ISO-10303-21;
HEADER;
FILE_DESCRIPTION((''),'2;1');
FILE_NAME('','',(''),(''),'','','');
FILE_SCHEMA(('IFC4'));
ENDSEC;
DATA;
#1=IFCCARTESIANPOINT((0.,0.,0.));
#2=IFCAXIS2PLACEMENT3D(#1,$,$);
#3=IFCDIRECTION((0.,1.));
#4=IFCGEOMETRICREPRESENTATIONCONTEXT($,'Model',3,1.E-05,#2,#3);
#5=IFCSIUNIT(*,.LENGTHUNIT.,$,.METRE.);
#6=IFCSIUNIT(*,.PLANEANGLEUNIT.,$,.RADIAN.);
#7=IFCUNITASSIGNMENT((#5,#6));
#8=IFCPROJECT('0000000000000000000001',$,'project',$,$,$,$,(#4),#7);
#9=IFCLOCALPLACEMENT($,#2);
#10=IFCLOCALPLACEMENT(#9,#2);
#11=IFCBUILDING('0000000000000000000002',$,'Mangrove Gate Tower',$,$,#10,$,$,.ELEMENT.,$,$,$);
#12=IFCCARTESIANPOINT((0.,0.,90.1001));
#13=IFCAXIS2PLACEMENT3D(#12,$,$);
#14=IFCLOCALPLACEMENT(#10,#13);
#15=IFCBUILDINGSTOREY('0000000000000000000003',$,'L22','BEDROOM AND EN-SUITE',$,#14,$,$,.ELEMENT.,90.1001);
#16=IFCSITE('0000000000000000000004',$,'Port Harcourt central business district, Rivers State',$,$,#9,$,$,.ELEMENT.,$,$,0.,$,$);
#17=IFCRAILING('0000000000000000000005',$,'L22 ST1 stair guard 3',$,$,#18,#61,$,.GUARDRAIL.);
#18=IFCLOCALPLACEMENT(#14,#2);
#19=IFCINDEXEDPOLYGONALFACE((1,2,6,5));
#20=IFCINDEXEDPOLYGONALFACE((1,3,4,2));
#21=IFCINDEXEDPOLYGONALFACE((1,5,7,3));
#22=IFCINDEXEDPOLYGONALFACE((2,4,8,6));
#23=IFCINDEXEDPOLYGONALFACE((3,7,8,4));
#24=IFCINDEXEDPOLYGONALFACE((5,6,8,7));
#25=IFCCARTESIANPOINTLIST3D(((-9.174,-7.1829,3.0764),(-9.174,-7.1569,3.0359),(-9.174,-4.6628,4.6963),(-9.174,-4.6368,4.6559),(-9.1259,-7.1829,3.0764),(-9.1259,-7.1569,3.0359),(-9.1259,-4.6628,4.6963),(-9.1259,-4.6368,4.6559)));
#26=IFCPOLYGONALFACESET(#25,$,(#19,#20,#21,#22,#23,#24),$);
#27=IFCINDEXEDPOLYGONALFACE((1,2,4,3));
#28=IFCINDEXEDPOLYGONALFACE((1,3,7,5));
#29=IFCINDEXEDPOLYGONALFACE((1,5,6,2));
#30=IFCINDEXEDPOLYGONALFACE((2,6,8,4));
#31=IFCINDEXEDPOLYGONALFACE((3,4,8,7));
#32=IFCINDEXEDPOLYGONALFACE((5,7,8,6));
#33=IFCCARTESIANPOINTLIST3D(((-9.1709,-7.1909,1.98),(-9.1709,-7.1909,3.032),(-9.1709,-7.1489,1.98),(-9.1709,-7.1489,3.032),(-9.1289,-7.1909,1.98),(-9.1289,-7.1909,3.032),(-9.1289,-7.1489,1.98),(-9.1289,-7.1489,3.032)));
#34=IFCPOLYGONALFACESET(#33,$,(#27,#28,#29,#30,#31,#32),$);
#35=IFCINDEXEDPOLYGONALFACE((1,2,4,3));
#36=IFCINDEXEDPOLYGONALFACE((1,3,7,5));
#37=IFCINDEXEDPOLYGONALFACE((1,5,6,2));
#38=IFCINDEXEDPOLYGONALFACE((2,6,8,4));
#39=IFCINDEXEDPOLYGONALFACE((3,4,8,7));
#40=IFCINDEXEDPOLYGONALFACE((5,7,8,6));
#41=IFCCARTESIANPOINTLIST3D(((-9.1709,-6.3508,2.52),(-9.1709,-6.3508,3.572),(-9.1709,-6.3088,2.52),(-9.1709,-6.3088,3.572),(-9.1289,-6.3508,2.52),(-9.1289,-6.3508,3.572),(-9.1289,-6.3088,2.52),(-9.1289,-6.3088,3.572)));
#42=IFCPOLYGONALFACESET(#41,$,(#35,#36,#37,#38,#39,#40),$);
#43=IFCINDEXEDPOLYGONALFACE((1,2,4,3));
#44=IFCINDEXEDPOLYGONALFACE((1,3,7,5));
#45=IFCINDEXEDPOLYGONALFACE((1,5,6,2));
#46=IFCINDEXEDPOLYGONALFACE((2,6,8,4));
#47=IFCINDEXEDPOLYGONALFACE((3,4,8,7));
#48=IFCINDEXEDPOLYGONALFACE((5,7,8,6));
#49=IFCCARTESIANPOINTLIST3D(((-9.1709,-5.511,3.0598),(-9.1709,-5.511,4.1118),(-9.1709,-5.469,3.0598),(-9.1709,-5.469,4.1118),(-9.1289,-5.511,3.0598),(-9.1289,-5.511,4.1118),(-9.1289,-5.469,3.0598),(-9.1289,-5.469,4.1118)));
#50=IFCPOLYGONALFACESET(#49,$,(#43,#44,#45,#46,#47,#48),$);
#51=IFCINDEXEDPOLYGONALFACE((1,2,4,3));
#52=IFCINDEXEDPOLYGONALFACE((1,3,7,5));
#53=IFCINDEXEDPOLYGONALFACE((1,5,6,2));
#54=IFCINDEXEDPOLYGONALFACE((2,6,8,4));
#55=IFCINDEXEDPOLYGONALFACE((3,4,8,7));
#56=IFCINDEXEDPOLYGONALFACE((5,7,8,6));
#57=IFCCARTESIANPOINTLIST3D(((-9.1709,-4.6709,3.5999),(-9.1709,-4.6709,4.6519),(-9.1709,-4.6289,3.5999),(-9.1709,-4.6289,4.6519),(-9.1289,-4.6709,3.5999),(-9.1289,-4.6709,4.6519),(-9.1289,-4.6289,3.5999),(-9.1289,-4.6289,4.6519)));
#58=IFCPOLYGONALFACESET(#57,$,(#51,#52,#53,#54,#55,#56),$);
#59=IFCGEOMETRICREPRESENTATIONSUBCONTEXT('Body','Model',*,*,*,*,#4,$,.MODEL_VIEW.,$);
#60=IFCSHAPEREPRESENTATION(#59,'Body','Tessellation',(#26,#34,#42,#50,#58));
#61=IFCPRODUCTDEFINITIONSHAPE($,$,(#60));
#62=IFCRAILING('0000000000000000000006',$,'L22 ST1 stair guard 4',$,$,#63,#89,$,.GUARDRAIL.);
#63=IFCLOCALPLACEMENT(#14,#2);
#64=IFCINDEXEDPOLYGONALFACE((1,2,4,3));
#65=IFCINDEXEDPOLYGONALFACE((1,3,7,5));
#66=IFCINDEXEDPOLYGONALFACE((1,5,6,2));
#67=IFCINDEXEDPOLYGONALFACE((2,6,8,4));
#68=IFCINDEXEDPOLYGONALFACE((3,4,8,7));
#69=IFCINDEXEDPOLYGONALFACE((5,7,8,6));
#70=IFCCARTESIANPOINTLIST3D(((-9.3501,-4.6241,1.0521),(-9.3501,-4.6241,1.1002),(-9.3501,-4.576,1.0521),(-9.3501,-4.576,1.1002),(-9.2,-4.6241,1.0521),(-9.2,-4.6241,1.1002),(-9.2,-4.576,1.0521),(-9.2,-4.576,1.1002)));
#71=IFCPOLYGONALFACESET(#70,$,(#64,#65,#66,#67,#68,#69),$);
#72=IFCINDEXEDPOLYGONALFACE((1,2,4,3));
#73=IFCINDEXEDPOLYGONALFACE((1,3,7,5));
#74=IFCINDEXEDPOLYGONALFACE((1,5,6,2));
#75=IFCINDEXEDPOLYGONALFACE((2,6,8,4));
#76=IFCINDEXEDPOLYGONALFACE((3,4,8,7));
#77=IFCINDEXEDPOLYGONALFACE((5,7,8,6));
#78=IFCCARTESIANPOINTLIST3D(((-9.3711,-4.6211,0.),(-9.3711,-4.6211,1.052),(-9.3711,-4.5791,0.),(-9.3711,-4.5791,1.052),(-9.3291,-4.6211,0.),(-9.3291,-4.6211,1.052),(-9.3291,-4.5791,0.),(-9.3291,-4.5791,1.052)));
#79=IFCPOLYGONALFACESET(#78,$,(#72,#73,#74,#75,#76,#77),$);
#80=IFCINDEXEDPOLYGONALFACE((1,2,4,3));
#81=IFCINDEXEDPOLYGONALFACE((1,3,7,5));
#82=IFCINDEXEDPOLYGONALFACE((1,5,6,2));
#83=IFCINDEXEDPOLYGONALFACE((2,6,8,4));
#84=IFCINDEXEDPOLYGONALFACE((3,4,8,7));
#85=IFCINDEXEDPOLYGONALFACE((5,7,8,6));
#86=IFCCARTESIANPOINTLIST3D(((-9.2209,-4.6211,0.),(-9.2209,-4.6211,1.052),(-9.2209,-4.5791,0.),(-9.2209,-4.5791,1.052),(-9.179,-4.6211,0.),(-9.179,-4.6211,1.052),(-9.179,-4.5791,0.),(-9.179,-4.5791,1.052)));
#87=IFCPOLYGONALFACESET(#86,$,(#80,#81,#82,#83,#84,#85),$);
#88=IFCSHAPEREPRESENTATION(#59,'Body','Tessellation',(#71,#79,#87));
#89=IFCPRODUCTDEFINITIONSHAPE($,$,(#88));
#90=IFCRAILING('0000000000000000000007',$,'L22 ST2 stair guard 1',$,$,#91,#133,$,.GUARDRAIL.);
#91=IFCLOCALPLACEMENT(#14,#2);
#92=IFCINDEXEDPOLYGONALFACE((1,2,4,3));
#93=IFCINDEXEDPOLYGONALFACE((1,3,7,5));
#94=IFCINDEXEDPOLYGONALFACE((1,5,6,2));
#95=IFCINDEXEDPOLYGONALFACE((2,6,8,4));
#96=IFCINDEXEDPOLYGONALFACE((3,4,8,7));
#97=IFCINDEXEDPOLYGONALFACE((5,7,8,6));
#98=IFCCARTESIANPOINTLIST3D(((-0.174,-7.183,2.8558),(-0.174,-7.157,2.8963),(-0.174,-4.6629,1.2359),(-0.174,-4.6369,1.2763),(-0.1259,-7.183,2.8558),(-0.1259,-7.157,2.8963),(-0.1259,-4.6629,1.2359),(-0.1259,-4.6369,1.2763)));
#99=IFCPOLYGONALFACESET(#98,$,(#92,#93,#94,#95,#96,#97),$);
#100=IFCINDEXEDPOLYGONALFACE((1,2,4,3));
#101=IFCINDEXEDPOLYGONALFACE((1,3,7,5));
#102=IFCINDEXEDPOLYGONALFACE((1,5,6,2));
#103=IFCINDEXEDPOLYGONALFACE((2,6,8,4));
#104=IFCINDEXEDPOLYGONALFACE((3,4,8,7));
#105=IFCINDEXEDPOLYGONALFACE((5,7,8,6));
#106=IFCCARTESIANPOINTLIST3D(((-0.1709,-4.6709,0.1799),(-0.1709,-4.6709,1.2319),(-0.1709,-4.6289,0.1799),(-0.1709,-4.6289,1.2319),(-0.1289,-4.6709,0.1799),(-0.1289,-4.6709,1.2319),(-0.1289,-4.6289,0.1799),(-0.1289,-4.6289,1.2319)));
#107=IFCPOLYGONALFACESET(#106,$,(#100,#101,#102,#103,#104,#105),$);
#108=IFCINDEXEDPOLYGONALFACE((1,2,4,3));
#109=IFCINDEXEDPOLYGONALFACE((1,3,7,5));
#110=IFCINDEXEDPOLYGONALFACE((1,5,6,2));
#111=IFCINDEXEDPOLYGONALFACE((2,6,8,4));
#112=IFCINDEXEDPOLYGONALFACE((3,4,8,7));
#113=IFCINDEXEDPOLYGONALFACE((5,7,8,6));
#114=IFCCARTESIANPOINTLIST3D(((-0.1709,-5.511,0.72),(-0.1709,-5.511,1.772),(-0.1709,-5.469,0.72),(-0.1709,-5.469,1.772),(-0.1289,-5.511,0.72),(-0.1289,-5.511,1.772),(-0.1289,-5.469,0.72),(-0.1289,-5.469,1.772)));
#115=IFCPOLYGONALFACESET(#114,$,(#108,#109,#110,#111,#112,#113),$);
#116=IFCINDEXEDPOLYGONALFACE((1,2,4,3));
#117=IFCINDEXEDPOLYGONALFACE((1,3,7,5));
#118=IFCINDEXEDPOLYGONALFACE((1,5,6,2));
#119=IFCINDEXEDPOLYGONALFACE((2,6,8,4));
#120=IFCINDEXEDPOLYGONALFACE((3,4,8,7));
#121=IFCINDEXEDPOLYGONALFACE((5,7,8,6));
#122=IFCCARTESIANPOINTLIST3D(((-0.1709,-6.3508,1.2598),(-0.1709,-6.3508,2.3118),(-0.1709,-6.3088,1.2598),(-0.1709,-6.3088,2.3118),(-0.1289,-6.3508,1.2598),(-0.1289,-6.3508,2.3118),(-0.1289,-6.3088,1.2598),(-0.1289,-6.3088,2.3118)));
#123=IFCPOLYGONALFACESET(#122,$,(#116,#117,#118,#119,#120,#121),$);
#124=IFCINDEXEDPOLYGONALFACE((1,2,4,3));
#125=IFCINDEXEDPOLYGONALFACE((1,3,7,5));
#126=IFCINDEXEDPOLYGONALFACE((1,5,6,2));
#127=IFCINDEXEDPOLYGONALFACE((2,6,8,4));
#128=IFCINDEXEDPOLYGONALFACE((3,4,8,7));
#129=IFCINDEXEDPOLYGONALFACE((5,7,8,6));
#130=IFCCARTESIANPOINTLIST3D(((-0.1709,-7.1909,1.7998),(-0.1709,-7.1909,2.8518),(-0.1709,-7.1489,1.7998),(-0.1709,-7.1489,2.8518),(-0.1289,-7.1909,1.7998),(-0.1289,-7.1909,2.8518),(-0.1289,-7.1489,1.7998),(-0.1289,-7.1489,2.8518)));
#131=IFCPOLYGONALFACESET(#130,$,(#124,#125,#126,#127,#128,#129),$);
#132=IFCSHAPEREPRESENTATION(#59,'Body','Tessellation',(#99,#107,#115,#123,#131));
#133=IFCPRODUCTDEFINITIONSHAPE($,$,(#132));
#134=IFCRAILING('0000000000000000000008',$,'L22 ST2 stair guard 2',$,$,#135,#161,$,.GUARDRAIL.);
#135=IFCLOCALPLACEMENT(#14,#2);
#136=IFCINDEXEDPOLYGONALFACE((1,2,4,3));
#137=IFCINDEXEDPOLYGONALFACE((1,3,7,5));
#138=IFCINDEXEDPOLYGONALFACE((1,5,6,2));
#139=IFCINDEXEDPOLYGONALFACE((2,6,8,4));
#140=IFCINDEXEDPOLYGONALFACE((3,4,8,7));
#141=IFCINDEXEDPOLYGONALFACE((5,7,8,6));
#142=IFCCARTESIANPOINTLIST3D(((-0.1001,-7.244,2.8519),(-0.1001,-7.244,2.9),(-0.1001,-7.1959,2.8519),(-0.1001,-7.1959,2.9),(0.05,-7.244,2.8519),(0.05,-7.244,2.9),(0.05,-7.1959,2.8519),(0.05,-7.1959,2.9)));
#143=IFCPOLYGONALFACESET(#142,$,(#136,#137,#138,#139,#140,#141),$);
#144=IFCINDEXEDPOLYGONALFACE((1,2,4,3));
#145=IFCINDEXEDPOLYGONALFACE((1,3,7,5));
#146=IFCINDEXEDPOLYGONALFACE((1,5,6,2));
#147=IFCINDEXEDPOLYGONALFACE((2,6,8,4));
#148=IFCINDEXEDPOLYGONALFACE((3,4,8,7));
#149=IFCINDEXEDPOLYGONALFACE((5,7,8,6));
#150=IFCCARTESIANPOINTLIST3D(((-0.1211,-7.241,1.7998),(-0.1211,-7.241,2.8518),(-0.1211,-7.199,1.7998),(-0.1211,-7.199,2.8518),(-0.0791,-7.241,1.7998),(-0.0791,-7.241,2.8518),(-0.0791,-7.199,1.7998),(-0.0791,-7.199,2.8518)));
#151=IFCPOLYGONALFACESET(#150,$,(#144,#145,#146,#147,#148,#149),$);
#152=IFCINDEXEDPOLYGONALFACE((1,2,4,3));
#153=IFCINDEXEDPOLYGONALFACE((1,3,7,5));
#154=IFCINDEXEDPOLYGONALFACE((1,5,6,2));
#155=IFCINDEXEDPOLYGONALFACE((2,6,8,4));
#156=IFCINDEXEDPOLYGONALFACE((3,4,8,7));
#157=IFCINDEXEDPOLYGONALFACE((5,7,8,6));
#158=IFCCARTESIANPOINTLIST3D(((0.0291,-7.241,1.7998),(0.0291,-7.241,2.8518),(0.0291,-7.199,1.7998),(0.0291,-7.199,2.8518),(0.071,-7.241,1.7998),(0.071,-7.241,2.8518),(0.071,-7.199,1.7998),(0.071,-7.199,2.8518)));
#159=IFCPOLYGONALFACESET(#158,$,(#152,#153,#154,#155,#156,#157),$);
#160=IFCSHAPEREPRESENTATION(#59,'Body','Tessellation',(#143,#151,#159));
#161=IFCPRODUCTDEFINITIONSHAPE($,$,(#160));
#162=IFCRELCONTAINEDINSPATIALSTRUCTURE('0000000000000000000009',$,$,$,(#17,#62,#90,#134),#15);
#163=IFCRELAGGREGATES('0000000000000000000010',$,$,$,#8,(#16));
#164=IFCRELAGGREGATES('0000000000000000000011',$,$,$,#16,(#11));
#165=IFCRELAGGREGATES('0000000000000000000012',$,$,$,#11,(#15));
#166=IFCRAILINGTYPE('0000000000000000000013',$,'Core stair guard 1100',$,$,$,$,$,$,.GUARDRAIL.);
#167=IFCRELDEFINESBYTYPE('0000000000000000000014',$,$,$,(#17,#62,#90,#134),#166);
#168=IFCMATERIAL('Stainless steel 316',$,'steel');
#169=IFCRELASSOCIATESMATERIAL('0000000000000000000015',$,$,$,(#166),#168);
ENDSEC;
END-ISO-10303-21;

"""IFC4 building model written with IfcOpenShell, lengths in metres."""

from ifc_helpers import new_model, si_unit, direction, frame, origin, origin_2d, place, context, subcontext, project, spatial, rectangle, extrude, material, type_object, element, save


model = new_model("IFC4")

# Units and contexts
model_context = context("Model", 3, precision=1e-05, world=origin(), true_north=direction((0.0, 1.0)))
body_context = subcontext(model_context, "Body", "Model", "MODEL_VIEW")
ifc_project = project(units=[si_unit("LENGTHUNIT", "METRE"), si_unit("PLANEANGLEUNIT", "RADIAN")], contexts=[model_context])

# Site, building, storey
site_placement = place(None, origin())
site = spatial("IfcSite", under=ifc_project, at=site_placement, Name="Port Harcourt central business district, Rivers State", CompositionType="ELEMENT", RefElevation=0.0)
building_placement = place(site_placement, origin())
building = spatial("IfcBuilding", under=site, at=building_placement, Name="Mangrove Gate Tower", CompositionType="ELEMENT")
storey_placement = place(building_placement, frame((0.0, 0.0, 90.1001)))
storey = spatial("IfcBuildingStorey", under=building, at=storey_placement, Name="L22", Description="BEDROOM AND EN-SUITE", CompositionType="ELEMENT", Elevation=90.1001)

# Railings
ifc_material_1 = material(Name="Stainless steel 316", Category="steel")
railing_type_1 = type_object("IfcRailingType", Name="Core stair guard 1100", PredefinedType="GUARDRAIL", material=ifc_material_1)
railing_1_placement = place(storey_placement, frame((-9.1499, -7.1699, 1.98)))
element("IfcRailing", 1, at=railing_1_placement, inside=storey, type_object=railing_type_1, Name="L22 ST1 stair guard 3", PredefinedType="GUARDRAIL", context=body_context, shape_type="SweptSolid", body=[
    extrude(rectangle(XDim=0.0481, YDim=0.0481, at=origin_2d()), frame((0.0, 0.0, 1.0762), z_axis=(0.0, 0.8412, 0.540725), x_axis=(-1.0, 0.0, 0.0)), (0.0, 0.0, 1.0), 2.9958),
    extrude(rectangle(XDim=0.042, YDim=0.042, at=origin_2d()), origin(), (0.0, 0.0, 1.0), 1.052),
    extrude(rectangle(XDim=0.042, YDim=0.042, at=origin_2d()), frame((0.0, 0.8401, 0.54)), (0.0, 0.0, 1.0), 1.052),
    extrude(rectangle(XDim=0.042, YDim=0.042, at=origin_2d()), frame((0.0, 1.6799, 1.0798)), (0.0, 0.0, 1.0), 1.052),
    extrude(rectangle(XDim=0.042, YDim=0.042, at=origin_2d()), frame((0.0, 2.52, 1.6199)), (0.0, 0.0, 1.0), 1.052),
])
railing_2_placement = place(storey_placement, frame((-9.3501, -4.6001, 0.0)))
element("IfcRailing", 2, at=railing_2_placement, inside=storey, type_object=railing_type_1, Name="L22 ST1 stair guard 4", PredefinedType="GUARDRAIL", context=body_context, shape_type="SweptSolid", body=[
    extrude(rectangle(XDim=0.0481, YDim=0.0481, at=origin_2d()), frame((0.0, 0.0, 1.0762), z_axis=(1.0, 0.0, 0.0), x_axis=(0.0, 1.0, 0.0)), (0.0, 0.0, 1.0), 0.1501),
    extrude(rectangle(XDim=0.042, YDim=0.042, at=origin_2d()), origin(), (0.0, 0.0, 1.0), 1.052),
    extrude(rectangle(XDim=0.042, YDim=0.042, at=origin_2d()), frame((0.1501, 0.0, 0.0)), (0.0, 0.0, 1.0), 1.052),
])
railing_3_placement = place(storey_placement, frame((-0.1499, -4.6499, 0.1799)))
element("IfcRailing", 3, at=railing_3_placement, inside=storey, type_object=railing_type_1, Name="L22 ST2 stair guard 1", PredefinedType="GUARDRAIL", context=body_context, shape_type="SweptSolid", body=[
    extrude(rectangle(XDim=0.0481, YDim=0.0481, at=origin_2d()), frame((0.0, 0.0, 1.0762), z_axis=(0.0, -0.8412, 0.540725), x_axis=(1.0, 0.0, 0.0)), (0.0, 0.0, 1.0), 2.9958),
    extrude(rectangle(XDim=0.042, YDim=0.042, at=origin_2d()), origin(), (0.0, 0.0, 1.0), 1.052),
    extrude(rectangle(XDim=0.042, YDim=0.042, at=origin_2d()), frame((0.0, -0.8401, 0.54)), (0.0, 0.0, 1.0), 1.052),
    extrude(rectangle(XDim=0.042, YDim=0.042, at=origin_2d()), frame((0.0, -1.6799, 1.0798)), (0.0, 0.0, 1.0), 1.052),
    extrude(rectangle(XDim=0.042, YDim=0.042, at=origin_2d()), frame((0.0, -2.52, 1.6199)), (0.0, 0.0, 1.0), 1.052),
])
railing_4_placement = place(storey_placement, frame((-0.1001, -7.22, 1.7998)))
element("IfcRailing", 4, at=railing_4_placement, inside=storey, type_object=railing_type_1, Name="L22 ST2 stair guard 2", PredefinedType="GUARDRAIL", context=body_context, shape_type="SweptSolid", body=[
    extrude(rectangle(XDim=0.0481, YDim=0.0481, at=origin_2d()), frame((0.0, 0.0, 1.0762), z_axis=(1.0, 0.0, 0.0), x_axis=(0.0, 1.0, 0.0)), (0.0, 0.0, 1.0), 0.1501),
    extrude(rectangle(XDim=0.042, YDim=0.042, at=origin_2d()), origin(), (0.0, 0.0, 1.0), 1.052),
    extrude(rectangle(XDim=0.042, YDim=0.042, at=origin_2d()), frame((0.1501, 0.0, 0.0)), (0.0, 0.0, 1.0), 1.052),
])

save(model, "model.ifc")
